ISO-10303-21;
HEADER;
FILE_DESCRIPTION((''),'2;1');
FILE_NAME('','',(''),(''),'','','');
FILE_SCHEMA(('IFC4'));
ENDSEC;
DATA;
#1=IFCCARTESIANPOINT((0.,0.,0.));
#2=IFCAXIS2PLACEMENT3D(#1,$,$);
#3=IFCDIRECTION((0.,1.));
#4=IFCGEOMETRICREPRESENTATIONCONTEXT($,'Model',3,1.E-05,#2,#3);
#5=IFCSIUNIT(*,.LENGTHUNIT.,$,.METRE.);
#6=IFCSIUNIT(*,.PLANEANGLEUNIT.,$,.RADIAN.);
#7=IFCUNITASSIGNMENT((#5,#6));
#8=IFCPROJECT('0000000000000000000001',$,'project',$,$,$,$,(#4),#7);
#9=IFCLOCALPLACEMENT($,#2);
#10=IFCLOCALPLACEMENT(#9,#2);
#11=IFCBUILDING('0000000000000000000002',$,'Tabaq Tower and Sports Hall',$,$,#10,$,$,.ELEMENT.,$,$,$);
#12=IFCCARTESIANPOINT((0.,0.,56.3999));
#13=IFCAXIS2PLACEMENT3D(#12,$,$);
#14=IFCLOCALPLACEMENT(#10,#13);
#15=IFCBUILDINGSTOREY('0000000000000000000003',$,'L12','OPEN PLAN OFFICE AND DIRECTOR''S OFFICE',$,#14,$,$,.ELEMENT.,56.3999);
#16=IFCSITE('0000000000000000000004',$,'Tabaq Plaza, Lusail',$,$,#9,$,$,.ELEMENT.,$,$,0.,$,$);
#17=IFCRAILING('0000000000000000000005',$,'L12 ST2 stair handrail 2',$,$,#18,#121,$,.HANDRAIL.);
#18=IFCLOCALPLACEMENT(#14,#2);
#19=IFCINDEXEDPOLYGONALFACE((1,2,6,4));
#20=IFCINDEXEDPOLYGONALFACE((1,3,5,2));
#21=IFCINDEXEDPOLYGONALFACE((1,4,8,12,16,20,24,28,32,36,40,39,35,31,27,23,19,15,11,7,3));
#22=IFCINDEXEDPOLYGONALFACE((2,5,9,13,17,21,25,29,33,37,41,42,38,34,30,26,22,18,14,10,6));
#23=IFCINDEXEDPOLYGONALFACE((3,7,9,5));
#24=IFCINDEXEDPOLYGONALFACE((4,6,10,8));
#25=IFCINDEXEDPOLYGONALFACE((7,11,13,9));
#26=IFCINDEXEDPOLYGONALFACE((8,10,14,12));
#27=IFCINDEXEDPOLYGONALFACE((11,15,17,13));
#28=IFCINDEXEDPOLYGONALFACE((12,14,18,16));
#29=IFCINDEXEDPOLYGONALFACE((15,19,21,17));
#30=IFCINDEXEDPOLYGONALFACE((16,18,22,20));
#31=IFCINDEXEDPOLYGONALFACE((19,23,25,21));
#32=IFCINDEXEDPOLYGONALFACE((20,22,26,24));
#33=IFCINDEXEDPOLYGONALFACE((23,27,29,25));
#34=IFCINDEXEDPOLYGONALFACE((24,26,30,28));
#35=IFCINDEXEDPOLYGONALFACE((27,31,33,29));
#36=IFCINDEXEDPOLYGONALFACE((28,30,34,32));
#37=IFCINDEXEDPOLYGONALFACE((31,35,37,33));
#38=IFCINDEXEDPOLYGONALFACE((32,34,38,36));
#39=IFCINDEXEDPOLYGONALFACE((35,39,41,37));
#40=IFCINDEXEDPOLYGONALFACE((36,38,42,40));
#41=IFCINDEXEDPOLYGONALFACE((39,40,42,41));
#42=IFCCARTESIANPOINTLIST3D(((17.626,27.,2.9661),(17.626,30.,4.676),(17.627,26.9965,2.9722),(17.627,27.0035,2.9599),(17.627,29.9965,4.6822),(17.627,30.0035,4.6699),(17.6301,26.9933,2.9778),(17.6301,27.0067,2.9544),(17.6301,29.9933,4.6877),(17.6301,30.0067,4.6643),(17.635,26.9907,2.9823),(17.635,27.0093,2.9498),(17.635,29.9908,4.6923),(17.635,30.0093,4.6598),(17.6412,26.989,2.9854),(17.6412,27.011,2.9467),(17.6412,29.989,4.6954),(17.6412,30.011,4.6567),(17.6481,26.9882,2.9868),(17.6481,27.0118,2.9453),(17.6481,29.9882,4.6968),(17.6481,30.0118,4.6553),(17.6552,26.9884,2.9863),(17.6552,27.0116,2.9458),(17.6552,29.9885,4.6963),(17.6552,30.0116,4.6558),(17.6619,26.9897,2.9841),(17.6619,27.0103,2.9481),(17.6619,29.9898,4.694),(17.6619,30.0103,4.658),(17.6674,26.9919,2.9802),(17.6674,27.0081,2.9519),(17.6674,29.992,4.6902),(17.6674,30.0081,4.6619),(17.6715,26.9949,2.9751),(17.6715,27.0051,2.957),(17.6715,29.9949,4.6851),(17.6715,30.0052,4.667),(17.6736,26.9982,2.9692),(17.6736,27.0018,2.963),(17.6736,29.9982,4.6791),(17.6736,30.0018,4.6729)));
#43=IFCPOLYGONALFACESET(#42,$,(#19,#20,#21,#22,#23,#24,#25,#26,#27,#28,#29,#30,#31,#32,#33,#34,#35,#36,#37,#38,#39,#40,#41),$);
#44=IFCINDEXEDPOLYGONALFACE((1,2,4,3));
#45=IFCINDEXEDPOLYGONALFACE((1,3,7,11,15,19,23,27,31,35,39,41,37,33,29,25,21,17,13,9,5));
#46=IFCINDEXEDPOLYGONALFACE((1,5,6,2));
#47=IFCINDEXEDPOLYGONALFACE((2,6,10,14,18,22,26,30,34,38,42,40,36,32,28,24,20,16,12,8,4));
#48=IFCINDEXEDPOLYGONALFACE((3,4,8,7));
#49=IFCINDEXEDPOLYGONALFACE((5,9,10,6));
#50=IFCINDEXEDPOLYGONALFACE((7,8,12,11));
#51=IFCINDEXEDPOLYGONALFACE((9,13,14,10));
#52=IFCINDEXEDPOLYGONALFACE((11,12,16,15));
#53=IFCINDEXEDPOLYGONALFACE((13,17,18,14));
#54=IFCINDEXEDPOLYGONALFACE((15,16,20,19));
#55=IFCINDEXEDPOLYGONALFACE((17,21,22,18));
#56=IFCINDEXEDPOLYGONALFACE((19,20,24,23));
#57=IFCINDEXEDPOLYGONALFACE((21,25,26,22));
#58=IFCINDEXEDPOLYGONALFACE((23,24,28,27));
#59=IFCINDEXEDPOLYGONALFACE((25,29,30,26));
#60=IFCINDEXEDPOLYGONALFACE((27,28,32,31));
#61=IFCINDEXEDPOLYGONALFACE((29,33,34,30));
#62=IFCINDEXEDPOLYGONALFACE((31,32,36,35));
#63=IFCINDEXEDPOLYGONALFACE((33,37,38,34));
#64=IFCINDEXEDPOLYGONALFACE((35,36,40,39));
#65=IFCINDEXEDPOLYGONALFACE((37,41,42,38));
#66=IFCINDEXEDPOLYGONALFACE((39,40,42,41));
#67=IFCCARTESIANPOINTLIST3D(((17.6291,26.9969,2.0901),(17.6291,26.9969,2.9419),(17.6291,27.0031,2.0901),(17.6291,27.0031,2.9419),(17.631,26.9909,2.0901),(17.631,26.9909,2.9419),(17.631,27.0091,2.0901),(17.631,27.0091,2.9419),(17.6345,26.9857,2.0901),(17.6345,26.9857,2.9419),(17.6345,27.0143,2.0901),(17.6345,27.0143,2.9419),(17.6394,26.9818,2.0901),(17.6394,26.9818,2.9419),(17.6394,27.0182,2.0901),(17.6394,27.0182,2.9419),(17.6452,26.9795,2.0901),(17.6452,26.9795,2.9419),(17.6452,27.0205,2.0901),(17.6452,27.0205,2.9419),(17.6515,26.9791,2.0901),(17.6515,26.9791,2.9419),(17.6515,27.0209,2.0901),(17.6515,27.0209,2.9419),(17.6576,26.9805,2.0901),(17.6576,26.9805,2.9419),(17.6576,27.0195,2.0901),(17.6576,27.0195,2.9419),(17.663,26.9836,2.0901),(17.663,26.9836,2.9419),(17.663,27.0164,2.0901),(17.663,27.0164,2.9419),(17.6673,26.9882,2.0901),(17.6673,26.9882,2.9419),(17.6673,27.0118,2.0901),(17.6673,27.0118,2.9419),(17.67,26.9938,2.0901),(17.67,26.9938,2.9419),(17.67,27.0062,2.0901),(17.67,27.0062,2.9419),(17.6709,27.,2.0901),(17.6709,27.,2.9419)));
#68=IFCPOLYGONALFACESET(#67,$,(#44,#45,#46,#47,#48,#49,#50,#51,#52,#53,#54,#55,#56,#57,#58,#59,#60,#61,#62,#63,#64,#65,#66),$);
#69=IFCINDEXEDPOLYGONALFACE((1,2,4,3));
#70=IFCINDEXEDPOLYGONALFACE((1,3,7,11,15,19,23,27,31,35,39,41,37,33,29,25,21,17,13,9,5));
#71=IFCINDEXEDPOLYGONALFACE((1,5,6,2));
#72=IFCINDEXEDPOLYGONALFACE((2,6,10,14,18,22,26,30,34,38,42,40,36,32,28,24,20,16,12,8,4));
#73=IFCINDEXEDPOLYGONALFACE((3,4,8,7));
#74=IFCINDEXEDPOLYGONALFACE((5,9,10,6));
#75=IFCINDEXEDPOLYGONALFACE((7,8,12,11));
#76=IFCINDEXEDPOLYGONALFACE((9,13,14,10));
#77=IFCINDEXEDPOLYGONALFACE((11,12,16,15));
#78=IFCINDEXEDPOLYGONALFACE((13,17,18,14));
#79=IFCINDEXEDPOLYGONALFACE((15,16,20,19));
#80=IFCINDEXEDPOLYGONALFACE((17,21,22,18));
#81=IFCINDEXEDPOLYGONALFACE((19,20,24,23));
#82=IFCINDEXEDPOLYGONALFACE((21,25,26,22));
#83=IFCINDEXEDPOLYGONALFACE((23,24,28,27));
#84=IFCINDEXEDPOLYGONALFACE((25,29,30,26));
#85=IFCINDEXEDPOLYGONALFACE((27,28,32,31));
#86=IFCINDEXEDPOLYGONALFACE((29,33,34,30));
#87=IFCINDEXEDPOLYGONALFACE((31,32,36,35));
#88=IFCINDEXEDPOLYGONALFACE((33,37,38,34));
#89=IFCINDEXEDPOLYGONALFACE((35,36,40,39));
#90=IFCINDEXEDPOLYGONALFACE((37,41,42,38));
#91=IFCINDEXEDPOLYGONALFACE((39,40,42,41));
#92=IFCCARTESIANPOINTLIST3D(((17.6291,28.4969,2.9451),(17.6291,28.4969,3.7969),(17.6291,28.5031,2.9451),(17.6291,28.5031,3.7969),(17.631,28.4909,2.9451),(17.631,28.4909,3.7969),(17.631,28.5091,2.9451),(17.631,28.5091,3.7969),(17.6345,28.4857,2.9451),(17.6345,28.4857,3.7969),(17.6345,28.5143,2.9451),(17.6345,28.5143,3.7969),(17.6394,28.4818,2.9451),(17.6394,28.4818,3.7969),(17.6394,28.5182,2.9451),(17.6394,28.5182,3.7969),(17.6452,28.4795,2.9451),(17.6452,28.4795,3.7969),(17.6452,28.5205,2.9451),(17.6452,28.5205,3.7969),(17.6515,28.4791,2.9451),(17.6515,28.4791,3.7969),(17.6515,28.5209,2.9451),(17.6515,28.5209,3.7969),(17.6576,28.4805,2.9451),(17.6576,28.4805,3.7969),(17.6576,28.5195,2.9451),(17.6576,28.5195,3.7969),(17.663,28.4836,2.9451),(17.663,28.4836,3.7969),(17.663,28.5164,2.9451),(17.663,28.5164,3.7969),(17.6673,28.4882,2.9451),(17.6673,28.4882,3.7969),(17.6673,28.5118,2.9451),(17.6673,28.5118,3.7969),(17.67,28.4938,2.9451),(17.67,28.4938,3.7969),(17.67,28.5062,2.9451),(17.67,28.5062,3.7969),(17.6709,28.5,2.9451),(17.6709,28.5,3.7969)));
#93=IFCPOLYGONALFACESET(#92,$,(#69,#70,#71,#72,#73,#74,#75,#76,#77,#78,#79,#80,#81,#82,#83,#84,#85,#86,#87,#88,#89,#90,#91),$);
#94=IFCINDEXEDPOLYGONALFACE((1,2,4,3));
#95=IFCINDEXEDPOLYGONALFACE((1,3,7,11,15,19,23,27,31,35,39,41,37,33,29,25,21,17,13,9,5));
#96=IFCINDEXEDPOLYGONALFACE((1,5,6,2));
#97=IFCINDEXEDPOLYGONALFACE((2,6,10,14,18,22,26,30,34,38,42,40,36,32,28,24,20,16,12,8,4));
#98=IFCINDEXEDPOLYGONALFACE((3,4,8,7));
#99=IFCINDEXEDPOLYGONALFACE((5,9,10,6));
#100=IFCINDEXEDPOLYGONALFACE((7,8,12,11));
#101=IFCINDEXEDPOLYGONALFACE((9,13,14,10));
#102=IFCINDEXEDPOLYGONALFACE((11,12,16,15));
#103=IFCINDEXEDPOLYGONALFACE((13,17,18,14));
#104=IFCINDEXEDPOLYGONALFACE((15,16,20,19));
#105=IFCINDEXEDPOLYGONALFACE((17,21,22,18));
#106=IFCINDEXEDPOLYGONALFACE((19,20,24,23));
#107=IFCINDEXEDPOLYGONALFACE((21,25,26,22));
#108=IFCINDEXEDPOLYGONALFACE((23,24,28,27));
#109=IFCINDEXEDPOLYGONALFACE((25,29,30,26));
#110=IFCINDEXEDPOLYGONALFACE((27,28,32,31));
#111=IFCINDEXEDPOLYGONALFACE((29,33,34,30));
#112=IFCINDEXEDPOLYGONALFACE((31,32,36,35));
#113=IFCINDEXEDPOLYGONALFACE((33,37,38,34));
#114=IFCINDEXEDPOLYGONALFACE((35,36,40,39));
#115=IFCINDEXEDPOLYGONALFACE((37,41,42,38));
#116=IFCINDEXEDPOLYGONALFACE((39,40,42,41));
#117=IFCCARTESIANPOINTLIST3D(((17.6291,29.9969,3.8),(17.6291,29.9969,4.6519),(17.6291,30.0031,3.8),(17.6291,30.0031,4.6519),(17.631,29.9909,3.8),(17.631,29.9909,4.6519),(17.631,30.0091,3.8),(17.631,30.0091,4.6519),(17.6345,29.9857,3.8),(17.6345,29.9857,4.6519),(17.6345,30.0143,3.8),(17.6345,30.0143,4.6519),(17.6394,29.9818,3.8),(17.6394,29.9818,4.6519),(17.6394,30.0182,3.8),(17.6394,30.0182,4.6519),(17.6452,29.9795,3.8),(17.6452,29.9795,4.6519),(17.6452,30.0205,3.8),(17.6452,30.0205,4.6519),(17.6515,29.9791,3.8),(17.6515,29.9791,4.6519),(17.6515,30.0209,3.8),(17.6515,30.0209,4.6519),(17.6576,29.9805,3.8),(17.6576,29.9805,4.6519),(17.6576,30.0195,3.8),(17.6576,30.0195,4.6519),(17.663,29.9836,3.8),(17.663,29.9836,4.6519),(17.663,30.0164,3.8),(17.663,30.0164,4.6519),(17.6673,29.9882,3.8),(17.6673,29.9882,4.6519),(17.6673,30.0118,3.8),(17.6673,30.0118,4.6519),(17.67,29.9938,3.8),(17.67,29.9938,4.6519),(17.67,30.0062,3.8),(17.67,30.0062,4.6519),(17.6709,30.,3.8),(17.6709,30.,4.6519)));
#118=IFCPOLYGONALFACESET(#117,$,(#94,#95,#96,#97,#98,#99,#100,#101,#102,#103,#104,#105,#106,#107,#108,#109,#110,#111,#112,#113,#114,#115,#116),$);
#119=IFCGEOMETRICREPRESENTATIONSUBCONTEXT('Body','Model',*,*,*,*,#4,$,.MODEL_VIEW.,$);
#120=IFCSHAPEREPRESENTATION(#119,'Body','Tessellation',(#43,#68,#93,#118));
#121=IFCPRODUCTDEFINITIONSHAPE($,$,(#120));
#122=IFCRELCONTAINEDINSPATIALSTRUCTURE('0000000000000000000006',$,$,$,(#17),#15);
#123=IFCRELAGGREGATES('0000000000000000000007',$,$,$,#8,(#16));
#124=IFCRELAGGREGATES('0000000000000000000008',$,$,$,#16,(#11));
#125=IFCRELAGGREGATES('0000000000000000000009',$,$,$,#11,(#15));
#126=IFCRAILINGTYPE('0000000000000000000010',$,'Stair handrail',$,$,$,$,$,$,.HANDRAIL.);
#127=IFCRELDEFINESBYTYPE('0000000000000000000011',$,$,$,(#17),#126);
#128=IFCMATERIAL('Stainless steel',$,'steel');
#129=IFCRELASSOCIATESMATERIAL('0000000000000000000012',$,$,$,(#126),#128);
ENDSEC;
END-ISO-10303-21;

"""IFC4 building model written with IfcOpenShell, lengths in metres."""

from ifc_helpers import new_model, si_unit, direction, frame, origin, origin_2d, place, context, subcontext, project, spatial, circle, extrude, material, type_object, element, save


model = new_model("IFC4")

# Units and contexts
model_context = context("Model", 3, precision=1e-05, world=origin(), true_north=direction((0.0, 1.0)))
body_context = subcontext(model_context, "Body", "Model", "MODEL_VIEW")
ifc_project = project(units=[si_unit("LENGTHUNIT", "METRE"), si_unit("PLANEANGLEUNIT", "RADIAN")], contexts=[model_context])

# Site, building, storey
site_placement = place(None, origin())
site = spatial("IfcSite", under=ifc_project, at=site_placement, Name="Tabaq Plaza, Lusail", CompositionType="ELEMENT", RefElevation=0.0)
building_placement = place(site_placement, origin())
building = spatial("IfcBuilding", under=site, at=building_placement, Name="Tabaq Tower and Sports Hall", CompositionType="ELEMENT")
storey_placement = place(building_placement, frame((0.0, 0.0, 56.3999)))
storey = spatial("IfcBuildingStorey", under=building, at=storey_placement, Name="L12", Description="OPEN PLAN OFFICE AND DIRECTOR'S OFFICE", CompositionType="ELEMENT", Elevation=56.3999)

# Railing
ifc_material_1 = material(Name="Stainless steel", Category="steel")
railing_type_1 = type_object("IfcRailingType", Name="Stair handrail", PredefinedType="HANDRAIL", material=ifc_material_1)
railing_1_placement = place(storey_placement, frame((17.6499, 27.0, 2.0901)))
element("IfcRailing", 1, at=railing_1_placement, inside=storey, type_object=railing_type_1, Name="L12 ST2 stair handrail 2", PredefinedType="HANDRAIL", context=body_context, shape_type="SweptSolid", body=[
    extrude(circle(Radius=0.0239, at=origin_2d()), frame((0.0, 0.0, 0.876), z_axis=(0.0, 0.868782, 0.495195), x_axis=(-1.0, 0.0, 0.0)), (0.0, 0.0, 1.0), 3.4531),
    extrude(circle(Radius=0.021, at=origin_2d()), origin(), (0.0, 0.0, 1.0), 0.8518),
    extrude(circle(Radius=0.021, at=origin_2d()), frame((0.0, 1.5, 0.855)), (0.0, 0.0, 1.0), 0.8518),
    extrude(circle(Radius=0.021, at=origin_2d()), frame((0.0, 3.0, 1.71)), (0.0, 0.0, 1.0), 0.8518),
])

save(model, "model.ifc")
